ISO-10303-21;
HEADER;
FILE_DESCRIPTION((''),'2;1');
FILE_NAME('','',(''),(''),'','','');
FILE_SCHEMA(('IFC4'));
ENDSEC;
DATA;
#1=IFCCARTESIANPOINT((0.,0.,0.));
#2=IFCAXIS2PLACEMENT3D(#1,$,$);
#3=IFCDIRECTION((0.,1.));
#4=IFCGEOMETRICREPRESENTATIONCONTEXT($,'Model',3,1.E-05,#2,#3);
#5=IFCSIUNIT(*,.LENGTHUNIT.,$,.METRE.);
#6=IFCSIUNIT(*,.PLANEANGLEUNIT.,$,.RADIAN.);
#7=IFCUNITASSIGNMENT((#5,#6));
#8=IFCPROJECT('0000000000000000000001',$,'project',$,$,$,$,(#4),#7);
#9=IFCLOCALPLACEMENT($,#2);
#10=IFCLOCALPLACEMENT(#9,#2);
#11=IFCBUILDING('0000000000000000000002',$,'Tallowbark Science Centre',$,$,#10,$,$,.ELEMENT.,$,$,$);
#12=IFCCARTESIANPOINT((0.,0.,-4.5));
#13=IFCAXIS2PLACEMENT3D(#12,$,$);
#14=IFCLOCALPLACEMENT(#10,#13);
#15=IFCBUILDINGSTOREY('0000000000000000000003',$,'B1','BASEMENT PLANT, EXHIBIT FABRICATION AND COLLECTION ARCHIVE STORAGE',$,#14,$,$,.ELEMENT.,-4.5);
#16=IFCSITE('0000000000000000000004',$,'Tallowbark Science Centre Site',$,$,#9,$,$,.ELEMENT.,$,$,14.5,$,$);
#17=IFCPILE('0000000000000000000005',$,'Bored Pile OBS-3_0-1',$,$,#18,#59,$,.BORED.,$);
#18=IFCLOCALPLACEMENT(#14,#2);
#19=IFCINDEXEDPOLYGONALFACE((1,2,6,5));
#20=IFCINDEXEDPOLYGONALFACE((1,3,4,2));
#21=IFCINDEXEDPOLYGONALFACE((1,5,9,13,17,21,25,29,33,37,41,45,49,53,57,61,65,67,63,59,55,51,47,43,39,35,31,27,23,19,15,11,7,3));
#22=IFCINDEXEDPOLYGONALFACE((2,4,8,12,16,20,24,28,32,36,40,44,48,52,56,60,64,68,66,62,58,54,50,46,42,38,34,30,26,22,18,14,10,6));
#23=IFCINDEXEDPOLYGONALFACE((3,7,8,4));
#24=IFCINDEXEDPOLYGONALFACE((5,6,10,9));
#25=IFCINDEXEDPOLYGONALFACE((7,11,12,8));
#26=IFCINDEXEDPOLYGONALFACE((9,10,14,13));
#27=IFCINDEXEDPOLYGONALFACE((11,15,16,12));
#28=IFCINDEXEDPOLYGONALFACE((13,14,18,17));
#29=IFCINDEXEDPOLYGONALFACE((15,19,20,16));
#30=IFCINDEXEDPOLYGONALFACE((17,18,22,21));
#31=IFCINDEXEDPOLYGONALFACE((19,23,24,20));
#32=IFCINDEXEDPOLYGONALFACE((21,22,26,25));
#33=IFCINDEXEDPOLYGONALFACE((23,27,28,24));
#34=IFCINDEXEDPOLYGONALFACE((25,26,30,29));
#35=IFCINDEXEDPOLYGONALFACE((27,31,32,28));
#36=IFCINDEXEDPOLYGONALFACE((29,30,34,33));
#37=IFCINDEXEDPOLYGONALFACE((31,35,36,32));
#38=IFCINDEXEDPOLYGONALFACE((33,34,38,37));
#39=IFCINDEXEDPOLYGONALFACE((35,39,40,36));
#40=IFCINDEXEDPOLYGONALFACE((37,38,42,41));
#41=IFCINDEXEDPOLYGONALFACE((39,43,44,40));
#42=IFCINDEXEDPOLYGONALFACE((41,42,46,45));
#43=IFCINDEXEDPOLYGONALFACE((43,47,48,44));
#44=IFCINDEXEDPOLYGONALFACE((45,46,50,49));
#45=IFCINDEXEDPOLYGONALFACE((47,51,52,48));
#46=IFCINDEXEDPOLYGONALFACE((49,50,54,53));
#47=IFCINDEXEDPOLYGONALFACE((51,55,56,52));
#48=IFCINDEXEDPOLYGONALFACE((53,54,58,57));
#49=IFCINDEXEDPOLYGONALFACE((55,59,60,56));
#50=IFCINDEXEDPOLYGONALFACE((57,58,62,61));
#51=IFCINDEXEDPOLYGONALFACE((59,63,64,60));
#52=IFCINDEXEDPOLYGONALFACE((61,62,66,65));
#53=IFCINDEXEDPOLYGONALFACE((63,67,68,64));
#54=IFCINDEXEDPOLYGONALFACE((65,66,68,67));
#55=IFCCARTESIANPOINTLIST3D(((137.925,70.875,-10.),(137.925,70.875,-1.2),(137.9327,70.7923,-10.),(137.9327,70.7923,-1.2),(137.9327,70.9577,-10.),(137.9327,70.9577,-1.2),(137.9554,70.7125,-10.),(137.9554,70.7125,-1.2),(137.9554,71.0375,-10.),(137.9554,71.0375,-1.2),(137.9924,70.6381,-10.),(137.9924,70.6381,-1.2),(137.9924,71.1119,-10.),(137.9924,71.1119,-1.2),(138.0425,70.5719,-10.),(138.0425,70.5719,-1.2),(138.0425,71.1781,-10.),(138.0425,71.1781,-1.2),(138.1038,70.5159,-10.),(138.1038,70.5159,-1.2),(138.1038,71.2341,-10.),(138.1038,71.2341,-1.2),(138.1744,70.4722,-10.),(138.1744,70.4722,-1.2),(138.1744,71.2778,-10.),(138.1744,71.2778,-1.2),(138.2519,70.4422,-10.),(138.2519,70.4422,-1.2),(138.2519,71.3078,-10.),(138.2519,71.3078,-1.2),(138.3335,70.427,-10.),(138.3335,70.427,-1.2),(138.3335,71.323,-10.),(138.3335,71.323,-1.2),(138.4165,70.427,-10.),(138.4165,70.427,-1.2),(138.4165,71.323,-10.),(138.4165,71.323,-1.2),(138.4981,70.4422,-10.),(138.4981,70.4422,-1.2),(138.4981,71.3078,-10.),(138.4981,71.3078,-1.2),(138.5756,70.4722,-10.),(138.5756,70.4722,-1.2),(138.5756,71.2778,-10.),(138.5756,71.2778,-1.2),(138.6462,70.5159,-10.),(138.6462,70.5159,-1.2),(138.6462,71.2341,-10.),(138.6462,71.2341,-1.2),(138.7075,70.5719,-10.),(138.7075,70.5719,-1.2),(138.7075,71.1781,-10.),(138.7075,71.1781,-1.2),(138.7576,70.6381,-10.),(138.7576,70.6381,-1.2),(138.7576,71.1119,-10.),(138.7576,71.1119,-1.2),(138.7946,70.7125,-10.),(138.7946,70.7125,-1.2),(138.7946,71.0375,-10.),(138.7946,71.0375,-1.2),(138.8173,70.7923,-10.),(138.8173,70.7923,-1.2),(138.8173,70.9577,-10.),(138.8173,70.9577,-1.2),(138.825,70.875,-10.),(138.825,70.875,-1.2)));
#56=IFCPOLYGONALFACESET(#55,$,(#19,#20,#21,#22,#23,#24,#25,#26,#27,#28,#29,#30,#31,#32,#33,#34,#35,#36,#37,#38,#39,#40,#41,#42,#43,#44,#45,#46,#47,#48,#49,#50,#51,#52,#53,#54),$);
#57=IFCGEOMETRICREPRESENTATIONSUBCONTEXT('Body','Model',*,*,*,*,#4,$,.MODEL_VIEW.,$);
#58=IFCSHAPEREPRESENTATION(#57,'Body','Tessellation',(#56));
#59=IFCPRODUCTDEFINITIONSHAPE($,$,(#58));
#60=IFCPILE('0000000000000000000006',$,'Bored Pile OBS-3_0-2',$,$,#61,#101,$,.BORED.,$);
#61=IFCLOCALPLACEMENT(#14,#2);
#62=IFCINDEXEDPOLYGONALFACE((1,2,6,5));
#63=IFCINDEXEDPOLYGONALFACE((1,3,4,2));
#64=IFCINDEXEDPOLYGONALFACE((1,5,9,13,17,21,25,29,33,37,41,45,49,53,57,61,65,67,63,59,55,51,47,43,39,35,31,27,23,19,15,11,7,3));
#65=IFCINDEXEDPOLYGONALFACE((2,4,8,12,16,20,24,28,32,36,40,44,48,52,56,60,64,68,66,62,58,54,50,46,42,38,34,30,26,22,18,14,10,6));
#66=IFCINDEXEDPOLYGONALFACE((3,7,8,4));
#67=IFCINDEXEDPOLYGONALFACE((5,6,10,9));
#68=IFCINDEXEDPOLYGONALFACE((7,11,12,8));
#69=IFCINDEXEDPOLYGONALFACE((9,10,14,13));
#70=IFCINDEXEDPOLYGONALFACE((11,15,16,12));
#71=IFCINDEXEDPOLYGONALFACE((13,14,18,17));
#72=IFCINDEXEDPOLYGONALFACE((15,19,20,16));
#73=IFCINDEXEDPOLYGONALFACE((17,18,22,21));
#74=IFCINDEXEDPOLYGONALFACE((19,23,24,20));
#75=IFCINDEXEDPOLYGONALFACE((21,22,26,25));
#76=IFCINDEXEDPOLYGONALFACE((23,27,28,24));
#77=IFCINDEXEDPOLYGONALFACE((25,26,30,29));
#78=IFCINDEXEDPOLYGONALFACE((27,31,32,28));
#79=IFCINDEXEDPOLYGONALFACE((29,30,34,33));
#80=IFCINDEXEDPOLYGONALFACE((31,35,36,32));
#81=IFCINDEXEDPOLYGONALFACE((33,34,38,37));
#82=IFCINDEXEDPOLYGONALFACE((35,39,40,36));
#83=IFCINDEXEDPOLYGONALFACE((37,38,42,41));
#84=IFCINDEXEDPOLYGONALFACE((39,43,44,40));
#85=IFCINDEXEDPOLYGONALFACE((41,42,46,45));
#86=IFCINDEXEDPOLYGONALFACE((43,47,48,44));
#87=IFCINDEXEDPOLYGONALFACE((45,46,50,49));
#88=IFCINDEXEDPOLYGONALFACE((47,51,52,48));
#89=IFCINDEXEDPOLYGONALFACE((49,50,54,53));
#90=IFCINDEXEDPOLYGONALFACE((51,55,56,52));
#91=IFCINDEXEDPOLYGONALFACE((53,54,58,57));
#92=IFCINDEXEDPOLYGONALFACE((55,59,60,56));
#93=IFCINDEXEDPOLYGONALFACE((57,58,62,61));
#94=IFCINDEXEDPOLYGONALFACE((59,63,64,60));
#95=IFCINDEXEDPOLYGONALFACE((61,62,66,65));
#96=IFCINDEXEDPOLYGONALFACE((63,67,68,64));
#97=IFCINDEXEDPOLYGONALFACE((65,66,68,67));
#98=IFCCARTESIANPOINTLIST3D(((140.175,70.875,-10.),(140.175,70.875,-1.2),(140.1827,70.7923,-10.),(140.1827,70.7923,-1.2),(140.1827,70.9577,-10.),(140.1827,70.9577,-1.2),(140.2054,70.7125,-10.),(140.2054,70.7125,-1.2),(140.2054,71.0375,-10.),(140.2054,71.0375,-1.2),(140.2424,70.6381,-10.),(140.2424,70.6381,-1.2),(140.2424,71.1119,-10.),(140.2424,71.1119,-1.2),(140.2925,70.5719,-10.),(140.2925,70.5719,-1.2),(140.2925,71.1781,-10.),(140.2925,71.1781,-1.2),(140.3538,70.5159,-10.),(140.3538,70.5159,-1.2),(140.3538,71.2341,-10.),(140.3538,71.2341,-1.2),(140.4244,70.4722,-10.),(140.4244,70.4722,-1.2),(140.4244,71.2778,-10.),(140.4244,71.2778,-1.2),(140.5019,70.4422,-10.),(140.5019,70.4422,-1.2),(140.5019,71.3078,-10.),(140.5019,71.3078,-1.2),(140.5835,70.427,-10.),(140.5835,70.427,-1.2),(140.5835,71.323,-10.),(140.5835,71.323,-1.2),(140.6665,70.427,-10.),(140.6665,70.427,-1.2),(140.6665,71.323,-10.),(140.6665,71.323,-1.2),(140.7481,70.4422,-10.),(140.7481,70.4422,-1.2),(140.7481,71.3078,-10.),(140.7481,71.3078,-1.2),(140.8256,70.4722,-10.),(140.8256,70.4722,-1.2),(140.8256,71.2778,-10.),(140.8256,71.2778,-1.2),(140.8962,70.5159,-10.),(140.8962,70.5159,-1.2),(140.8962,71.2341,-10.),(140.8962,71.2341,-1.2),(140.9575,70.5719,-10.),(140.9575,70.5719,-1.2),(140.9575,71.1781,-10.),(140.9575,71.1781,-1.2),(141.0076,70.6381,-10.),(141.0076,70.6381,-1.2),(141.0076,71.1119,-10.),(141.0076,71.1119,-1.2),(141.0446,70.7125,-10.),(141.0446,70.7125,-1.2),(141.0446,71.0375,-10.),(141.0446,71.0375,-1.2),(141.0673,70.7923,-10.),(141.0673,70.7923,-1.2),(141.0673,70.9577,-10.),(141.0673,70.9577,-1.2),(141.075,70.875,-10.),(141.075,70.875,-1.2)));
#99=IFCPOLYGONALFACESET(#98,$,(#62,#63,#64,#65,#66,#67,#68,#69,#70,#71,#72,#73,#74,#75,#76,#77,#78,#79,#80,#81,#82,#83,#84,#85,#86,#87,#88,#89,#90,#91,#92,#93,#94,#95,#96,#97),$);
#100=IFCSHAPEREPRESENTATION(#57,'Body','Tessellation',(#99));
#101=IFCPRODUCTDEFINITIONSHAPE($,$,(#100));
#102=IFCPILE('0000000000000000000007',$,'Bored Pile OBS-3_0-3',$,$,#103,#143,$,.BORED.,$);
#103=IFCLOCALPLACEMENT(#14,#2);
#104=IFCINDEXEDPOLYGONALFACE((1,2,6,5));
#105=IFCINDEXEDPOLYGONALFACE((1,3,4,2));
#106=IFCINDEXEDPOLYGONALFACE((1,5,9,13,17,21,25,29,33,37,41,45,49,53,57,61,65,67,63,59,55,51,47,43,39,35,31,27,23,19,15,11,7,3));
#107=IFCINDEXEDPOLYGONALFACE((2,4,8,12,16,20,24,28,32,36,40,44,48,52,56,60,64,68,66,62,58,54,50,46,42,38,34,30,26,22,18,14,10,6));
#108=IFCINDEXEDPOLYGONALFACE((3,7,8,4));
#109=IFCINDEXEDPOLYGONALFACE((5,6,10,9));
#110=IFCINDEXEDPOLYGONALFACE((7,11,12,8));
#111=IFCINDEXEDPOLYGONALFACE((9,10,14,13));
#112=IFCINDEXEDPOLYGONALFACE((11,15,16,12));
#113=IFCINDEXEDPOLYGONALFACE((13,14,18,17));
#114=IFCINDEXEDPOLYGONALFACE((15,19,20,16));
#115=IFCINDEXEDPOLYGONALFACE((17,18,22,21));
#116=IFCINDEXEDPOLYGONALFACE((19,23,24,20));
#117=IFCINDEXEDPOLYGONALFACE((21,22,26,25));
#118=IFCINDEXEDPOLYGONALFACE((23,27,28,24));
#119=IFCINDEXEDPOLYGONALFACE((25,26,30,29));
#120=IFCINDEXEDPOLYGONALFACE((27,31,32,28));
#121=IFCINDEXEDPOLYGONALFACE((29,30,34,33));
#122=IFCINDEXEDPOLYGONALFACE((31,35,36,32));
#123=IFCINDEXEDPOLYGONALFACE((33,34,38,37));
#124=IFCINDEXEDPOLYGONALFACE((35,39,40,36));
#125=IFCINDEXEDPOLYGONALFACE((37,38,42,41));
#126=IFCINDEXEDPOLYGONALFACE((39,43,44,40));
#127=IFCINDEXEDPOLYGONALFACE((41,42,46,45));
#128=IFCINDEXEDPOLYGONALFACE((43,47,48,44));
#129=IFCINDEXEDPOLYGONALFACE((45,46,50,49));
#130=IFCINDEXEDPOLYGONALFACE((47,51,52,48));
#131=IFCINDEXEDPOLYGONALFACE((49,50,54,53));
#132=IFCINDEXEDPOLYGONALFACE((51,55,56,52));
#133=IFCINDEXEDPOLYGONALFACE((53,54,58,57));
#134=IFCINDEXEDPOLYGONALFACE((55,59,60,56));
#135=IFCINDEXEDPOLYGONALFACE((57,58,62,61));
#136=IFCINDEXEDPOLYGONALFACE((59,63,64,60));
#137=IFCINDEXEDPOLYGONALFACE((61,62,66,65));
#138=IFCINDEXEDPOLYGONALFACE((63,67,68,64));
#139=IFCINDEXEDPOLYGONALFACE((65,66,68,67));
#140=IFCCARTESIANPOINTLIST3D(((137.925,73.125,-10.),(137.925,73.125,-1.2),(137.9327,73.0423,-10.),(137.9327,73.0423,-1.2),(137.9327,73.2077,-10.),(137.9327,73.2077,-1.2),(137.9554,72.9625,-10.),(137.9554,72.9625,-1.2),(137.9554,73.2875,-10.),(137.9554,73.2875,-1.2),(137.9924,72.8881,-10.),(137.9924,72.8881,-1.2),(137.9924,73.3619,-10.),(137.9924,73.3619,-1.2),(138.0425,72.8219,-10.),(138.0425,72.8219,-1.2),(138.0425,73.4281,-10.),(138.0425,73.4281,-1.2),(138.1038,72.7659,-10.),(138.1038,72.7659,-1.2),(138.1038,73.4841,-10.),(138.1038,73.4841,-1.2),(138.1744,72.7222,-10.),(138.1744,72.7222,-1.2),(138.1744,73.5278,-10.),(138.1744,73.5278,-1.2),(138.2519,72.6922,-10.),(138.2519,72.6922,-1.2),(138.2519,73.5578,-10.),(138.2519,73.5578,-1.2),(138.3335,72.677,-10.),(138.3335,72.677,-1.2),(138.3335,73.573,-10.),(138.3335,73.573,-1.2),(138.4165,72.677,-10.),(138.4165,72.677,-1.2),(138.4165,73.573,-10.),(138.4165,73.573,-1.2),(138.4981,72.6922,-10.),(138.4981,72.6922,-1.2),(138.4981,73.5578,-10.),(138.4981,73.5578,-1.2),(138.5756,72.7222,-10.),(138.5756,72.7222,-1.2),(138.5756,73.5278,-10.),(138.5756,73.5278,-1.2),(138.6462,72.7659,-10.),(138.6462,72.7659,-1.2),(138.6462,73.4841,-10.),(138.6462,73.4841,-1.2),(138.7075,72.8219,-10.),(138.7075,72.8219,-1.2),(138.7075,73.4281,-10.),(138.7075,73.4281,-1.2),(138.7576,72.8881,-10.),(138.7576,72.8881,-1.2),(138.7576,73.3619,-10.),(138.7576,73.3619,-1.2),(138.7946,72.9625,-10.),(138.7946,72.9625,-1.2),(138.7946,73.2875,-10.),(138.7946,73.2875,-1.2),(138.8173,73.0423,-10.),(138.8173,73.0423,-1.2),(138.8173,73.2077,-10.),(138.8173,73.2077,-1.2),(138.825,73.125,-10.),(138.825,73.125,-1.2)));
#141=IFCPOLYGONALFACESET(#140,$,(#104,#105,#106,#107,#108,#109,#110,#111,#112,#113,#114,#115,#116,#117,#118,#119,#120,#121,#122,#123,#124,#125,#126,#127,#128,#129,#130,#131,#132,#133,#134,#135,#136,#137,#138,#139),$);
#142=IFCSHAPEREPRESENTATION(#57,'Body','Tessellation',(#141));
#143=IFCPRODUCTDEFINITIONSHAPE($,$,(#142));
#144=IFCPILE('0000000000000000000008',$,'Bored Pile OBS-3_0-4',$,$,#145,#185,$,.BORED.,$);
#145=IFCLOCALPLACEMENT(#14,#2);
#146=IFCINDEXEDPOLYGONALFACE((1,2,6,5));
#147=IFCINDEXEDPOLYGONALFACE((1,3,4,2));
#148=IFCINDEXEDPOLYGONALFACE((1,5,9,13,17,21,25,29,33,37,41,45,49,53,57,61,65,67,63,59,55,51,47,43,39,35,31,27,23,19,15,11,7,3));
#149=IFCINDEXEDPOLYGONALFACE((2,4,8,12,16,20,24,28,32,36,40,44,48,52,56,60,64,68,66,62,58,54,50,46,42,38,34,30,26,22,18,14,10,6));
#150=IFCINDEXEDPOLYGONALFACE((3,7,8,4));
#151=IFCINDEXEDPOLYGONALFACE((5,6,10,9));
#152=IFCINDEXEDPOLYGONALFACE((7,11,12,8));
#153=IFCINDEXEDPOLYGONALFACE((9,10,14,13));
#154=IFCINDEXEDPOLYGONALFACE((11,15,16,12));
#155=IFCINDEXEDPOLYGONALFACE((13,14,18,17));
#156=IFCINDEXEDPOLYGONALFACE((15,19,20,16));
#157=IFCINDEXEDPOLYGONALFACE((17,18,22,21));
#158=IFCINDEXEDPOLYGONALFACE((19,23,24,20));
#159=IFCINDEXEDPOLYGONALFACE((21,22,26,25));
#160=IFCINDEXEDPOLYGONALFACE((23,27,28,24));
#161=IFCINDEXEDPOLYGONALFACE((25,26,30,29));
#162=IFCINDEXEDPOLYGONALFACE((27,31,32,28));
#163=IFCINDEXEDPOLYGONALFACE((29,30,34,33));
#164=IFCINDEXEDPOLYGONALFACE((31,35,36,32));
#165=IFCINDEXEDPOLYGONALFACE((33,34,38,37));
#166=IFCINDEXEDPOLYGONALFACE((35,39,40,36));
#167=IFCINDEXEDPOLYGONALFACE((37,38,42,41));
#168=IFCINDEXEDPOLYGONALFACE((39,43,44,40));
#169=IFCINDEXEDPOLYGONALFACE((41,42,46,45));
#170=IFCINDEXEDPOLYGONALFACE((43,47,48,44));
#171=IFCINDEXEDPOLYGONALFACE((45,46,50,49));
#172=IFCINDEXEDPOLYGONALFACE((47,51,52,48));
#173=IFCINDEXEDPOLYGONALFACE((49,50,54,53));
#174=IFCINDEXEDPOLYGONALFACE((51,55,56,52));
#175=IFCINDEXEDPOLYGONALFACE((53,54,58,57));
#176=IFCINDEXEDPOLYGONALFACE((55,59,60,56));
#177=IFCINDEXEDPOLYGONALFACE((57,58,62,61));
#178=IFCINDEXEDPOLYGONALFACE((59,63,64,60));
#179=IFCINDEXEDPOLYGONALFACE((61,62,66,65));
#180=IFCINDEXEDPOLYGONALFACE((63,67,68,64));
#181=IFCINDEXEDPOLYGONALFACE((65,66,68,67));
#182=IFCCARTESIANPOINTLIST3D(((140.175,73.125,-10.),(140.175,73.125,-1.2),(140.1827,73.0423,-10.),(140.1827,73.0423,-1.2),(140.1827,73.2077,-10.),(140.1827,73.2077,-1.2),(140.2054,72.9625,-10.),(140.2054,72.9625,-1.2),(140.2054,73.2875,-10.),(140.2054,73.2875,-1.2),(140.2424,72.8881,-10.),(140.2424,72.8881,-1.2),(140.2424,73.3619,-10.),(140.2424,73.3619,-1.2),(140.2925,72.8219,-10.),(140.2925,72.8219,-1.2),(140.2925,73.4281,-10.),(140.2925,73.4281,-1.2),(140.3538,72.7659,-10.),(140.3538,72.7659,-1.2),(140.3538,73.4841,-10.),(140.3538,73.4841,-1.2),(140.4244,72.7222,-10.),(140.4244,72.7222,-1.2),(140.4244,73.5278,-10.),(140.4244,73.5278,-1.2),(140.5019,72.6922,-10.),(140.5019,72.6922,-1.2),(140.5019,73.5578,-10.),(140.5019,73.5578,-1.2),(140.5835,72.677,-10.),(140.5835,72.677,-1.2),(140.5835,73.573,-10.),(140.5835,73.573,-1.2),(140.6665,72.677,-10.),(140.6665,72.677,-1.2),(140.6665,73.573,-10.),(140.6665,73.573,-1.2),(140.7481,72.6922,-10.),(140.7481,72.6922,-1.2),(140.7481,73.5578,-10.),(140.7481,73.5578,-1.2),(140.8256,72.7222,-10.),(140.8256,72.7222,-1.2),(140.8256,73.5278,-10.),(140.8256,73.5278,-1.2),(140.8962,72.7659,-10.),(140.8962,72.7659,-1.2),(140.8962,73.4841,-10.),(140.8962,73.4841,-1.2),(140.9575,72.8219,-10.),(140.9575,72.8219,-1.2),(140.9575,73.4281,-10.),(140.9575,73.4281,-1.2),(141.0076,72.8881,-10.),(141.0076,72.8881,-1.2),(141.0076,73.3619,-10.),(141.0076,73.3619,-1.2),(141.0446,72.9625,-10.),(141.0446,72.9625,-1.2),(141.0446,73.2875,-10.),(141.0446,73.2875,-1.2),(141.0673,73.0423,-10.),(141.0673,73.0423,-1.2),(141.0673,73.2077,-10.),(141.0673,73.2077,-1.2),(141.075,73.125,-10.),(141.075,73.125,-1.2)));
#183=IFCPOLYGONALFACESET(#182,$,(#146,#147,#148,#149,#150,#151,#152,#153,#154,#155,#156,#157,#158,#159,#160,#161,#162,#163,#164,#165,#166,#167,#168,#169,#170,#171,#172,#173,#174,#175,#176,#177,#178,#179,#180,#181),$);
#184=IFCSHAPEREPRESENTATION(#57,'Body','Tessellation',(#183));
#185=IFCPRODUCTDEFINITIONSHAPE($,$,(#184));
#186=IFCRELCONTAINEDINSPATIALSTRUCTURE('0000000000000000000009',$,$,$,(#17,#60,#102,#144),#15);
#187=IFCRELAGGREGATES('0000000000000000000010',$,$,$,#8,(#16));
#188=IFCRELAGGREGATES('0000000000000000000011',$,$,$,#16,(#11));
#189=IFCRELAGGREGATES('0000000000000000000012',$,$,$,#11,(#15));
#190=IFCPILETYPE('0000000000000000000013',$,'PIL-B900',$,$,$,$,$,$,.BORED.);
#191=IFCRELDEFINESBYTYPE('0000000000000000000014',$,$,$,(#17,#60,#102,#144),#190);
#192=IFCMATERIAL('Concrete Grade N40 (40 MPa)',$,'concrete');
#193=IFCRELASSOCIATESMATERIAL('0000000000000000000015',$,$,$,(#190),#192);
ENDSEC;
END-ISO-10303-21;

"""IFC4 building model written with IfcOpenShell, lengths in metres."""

from ifc_helpers import new_model, si_unit, direction, frame, origin, origin_2d, place, context, subcontext, project, spatial, circle, extrude, material, material_profile, profile_set, type_object, element, save


model = new_model("IFC4")

# Units and contexts
model_context = context("Model", 3, precision=1e-05, world=origin(), true_north=direction((0.0, 1.0)))
body_context = subcontext(model_context, "Body", "Model", "MODEL_VIEW")
ifc_project = project(units=[si_unit("LENGTHUNIT", "METRE"), si_unit("PLANEANGLEUNIT", "RADIAN")], contexts=[model_context])

# Site, building, storey
site_placement = place(None, origin())
site = spatial("IfcSite", under=ifc_project, at=site_placement, Name="Tallowbark Science Centre Site", CompositionType="ELEMENT", RefElevation=14.5)
building_placement = place(site_placement, origin())
building = spatial("IfcBuilding", under=site, at=building_placement, Name="Tallowbark Science Centre", CompositionType="ELEMENT")
storey_placement = place(building_placement, frame((0.0, 0.0, -4.5)))
storey = spatial("IfcBuildingStorey", under=building, at=storey_placement, Name="B1", Description="BASEMENT PLANT, EXHIBIT FABRICATION AND COLLECTION ARCHIVE STORAGE", CompositionType="ELEMENT", Elevation=-4.5)

# Shared definitions
ifc_material_1 = material(Name="Concrete Grade N40 (40 MPa)", Category="concrete")

# Piles
ifc_material_profile_1 = material_profile(ifc_material_1, circle(Radius=0.45, at=origin_2d()), Name="PILE900")
ifc_profile_set_1 = profile_set([ifc_material_profile_1], Name="Concrete Grade N40 (40 MPa)")
pile_type = type_object("IfcPileType", Name="PIL-B900", PredefinedType="BORED", material=ifc_profile_set_1)
for number, where, z_axis, x_axis, name in (
    (1, (138.375, 70.875, -1.2), (0.0, 0.0, -1.0), (1.0, 0.0, 0.0), "Bored Pile OBS-3_0-1"),
    (2, (140.625, 70.875, -1.2), (0.0, 0.0, -1.0), (1.0, 0.0, 0.0), "Bored Pile OBS-3_0-2"),
    (3, (138.375, 73.125, -1.2), (0.0, 0.0, -1.0), (1.0, 0.0, 0.0), "Bored Pile OBS-3_0-3"),
    (4, (140.625, 73.125, -1.2), (0.0, 0.0, -1.0), (1.0, 0.0, 0.0), "Bored Pile OBS-3_0-4"),
):
    element("IfcPile", number, at=place(storey_placement, frame(where, z_axis=z_axis, x_axis=x_axis)), inside=storey, type_object=pile_type, Name=name, PredefinedType="BORED", context=body_context, shape_type="SweptSolid", body=[
        extrude(circle(Radius=0.45, at=origin_2d()), origin(), (0.0, 0.0, 1.0), 8.8),
    ])

save(model, "model.ifc")
